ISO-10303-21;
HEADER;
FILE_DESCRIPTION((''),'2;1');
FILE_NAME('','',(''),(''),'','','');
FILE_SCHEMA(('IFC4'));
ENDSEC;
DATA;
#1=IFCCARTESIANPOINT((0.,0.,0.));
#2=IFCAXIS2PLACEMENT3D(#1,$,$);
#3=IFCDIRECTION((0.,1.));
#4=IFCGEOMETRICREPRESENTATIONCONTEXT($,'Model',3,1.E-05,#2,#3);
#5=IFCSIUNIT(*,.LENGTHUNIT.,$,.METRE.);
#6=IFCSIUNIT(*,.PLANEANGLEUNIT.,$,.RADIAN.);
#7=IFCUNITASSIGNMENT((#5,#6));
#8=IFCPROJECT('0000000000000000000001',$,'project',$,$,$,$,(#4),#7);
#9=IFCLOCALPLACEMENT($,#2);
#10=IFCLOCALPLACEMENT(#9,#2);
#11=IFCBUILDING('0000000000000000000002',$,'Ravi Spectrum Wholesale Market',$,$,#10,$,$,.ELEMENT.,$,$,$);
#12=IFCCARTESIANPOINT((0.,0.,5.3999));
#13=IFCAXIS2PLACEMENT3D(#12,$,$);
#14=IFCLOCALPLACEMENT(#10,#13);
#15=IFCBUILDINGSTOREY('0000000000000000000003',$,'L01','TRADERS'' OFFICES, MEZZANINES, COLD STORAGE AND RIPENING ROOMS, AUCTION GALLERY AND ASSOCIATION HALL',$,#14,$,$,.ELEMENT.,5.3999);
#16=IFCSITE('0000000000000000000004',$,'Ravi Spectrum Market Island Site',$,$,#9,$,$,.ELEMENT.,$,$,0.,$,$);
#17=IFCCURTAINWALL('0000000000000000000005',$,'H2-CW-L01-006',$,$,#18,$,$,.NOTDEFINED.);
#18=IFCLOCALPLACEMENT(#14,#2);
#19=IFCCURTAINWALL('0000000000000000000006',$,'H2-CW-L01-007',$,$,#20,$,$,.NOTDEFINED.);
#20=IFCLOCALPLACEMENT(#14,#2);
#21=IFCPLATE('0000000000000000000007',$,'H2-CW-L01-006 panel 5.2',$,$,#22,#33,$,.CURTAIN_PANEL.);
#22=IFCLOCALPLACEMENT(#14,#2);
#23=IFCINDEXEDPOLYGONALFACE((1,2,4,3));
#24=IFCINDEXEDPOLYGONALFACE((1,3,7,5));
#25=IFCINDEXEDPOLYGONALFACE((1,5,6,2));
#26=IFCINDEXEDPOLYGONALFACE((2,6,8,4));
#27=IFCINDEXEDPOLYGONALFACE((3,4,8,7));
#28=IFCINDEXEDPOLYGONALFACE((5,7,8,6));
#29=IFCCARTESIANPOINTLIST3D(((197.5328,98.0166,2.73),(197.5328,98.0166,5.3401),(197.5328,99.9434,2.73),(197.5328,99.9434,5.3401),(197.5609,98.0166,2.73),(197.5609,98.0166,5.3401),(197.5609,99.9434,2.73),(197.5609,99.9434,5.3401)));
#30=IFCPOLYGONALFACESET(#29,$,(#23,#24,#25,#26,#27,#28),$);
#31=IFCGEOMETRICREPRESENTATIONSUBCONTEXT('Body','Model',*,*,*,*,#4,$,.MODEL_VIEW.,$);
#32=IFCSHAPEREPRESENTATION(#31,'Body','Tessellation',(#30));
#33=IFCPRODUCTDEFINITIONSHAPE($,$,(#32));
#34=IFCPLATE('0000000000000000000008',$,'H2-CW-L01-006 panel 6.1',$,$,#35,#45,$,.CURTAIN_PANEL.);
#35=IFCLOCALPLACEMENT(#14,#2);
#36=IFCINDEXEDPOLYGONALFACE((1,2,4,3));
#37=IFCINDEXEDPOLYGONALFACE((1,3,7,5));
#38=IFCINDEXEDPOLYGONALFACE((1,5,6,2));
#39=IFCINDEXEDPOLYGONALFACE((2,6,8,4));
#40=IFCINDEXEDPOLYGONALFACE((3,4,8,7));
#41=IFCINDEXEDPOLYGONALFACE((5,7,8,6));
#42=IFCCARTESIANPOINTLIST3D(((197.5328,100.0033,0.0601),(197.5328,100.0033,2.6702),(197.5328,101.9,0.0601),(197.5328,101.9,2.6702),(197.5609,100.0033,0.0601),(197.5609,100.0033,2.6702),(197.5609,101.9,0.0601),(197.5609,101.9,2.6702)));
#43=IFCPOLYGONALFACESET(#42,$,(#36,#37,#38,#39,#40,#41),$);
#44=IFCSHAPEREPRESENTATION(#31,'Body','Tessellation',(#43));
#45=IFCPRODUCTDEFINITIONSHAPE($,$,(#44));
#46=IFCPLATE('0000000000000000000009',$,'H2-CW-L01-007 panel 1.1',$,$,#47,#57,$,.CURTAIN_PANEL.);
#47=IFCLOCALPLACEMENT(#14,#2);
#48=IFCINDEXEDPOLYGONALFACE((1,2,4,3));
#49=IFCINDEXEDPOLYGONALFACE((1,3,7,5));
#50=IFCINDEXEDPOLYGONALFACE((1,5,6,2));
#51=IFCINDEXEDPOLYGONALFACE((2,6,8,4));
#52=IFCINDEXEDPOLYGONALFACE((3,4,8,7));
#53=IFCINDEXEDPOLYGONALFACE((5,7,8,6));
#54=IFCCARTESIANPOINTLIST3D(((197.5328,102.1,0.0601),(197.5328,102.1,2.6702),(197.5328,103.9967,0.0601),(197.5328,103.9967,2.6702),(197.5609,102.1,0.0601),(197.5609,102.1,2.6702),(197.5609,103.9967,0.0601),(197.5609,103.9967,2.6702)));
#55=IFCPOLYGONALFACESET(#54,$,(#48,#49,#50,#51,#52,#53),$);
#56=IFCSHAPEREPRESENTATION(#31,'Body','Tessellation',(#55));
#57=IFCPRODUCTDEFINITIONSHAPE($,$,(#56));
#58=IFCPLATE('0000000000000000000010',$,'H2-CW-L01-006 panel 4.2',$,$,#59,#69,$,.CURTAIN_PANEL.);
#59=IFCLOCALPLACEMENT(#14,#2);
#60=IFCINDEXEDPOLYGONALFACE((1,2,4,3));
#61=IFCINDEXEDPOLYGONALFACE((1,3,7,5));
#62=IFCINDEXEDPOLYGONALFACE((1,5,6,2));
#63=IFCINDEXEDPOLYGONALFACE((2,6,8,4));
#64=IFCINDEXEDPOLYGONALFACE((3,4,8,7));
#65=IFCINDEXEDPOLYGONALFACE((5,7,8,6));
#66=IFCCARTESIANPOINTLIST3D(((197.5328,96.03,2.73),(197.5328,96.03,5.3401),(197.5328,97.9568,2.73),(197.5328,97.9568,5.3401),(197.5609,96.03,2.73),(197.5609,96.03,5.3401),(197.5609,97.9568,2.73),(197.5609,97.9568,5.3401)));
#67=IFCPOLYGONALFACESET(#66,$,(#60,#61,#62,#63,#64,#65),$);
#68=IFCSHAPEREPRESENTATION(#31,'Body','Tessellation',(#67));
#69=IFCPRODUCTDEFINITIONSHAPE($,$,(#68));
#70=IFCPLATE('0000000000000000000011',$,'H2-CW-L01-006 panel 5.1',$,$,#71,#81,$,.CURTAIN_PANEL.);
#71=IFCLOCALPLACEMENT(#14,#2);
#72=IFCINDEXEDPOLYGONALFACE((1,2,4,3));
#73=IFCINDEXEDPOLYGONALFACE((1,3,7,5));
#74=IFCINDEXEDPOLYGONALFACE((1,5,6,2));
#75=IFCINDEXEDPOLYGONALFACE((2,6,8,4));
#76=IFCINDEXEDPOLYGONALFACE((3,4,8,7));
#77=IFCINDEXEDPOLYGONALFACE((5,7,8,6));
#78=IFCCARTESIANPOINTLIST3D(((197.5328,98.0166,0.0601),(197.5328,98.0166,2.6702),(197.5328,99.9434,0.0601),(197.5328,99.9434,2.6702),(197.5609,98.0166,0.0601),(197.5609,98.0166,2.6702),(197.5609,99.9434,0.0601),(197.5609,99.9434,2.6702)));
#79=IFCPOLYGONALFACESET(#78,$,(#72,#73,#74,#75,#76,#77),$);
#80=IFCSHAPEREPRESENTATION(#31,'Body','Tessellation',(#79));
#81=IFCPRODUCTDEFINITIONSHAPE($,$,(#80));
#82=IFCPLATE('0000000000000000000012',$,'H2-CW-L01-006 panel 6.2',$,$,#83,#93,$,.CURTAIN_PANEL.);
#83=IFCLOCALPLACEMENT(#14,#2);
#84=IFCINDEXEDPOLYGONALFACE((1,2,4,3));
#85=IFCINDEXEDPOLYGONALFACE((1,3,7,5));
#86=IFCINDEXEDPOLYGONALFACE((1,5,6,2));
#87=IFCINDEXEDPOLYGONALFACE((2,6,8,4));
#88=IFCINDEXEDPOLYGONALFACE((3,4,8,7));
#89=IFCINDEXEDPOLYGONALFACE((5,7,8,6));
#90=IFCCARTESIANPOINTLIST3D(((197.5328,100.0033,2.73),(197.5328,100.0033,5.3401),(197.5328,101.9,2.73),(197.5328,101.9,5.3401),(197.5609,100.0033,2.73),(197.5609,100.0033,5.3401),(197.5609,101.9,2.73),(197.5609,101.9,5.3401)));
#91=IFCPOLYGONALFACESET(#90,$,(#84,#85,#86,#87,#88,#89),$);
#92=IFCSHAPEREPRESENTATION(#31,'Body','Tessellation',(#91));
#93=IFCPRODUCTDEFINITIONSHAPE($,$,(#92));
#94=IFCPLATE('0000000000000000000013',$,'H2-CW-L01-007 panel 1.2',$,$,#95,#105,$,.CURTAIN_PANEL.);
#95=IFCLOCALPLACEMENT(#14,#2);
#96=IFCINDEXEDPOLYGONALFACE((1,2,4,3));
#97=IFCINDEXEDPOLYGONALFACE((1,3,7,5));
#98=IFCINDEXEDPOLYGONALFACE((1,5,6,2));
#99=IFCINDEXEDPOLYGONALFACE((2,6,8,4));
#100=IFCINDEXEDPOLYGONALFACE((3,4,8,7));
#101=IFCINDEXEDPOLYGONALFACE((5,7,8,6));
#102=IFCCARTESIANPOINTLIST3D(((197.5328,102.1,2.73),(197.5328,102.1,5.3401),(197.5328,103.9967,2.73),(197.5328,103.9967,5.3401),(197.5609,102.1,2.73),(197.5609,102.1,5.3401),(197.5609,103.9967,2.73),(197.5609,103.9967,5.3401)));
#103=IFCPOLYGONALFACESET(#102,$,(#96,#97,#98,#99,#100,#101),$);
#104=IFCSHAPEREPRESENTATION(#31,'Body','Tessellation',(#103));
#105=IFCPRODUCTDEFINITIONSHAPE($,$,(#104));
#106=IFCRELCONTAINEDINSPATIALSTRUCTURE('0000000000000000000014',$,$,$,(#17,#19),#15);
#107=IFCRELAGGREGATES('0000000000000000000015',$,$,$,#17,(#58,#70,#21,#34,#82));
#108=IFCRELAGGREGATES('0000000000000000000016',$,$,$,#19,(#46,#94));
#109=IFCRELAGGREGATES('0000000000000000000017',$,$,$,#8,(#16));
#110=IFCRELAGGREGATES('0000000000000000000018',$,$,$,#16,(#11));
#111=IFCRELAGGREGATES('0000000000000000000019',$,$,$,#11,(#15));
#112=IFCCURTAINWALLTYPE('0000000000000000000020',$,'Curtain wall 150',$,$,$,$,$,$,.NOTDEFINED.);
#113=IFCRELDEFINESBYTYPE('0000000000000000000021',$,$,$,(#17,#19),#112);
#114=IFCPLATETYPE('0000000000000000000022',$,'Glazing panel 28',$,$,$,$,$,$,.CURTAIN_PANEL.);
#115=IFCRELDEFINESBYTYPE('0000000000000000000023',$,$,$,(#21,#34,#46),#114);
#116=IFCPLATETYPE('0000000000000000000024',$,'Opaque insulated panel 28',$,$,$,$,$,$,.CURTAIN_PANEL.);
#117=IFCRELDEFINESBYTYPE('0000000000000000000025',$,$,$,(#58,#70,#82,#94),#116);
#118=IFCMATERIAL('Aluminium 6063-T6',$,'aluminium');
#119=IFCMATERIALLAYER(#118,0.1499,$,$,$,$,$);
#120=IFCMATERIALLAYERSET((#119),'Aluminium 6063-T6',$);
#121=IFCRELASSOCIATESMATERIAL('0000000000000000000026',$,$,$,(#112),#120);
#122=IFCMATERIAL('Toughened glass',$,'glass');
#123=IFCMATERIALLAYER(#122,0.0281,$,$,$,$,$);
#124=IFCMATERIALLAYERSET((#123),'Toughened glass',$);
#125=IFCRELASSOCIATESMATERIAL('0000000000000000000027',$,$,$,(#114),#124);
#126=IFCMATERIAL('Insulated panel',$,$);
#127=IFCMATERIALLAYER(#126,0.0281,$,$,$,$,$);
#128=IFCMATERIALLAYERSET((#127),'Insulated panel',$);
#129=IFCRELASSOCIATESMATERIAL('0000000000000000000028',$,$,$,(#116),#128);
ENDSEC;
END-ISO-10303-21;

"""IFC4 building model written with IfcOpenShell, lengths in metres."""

from ifc_helpers import new_model, si_unit, direction, frame, origin, origin_2d, place, context, subcontext, project, spatial, rectangle, extrude, material, layer, layer_set, type_object, element, aggregate, save


model = new_model("IFC4")

# Units and contexts
model_context = context("Model", 3, precision=1e-05, world=origin(), true_north=direction((0.0, 1.0)))
body_context = subcontext(model_context, "Body", "Model", "MODEL_VIEW")
ifc_project = project(units=[si_unit("LENGTHUNIT", "METRE"), si_unit("PLANEANGLEUNIT", "RADIAN")], contexts=[model_context])

# Site, building, storey
site_placement = place(None, origin())
site = spatial("IfcSite", under=ifc_project, at=site_placement, Name="Ravi Spectrum Market Island Site", CompositionType="ELEMENT", RefElevation=0.0)
building_placement = place(site_placement, origin())
building = spatial("IfcBuilding", under=site, at=building_placement, Name="Ravi Spectrum Wholesale Market", CompositionType="ELEMENT")
storey_placement = place(building_placement, frame((0.0, 0.0, 5.3999)))
storey = spatial("IfcBuildingStorey", under=building, at=storey_placement, Name="L01", Description="TRADERS' OFFICES, MEZZANINES, COLD STORAGE AND RIPENING ROOMS, AUCTION GALLERY AND ASSOCIATION HALL", CompositionType="ELEMENT", Elevation=5.3999)

# Curtain walls
ifc_material_1 = material(Name="Aluminium 6063-T6", Category="aluminium")
ifc_layer_1 = layer(ifc_material_1, 0.1499)
ifc_layer_set_1 = layer_set([ifc_layer_1], Name="Aluminium 6063-T6")
curtain_wall_type = type_object("IfcCurtainWallType", Name="Curtain wall 150", PredefinedType="NOTDEFINED", material=ifc_layer_set_1)
curtain_wall_1_placement = place(storey_placement, origin())
curtain_wall_1 = element("IfcCurtainWall", 1, at=curtain_wall_1_placement, inside=storey, type_object=curtain_wall_type, Name="H2-CW-L01-006", PredefinedType="NOTDEFINED")
curtain_wall_2_placement = place(storey_placement, origin())
curtain_wall_2 = element("IfcCurtainWall", 2, at=curtain_wall_2_placement, inside=storey, type_object=curtain_wall_type, Name="H2-CW-L01-007", PredefinedType="NOTDEFINED")

# Plates
ifc_material_2 = material(Name="Toughened glass", Category="glass")
ifc_layer_2 = layer(ifc_material_2, 0.0281)
ifc_layer_set_2 = layer_set([ifc_layer_2], Name="Toughened glass")
plate_type_1 = type_object("IfcPlateType", Name="Glazing panel 28", PredefinedType="CURTAIN_PANEL", material=ifc_layer_set_2)
plate_1_placement = place(storey_placement, frame((197.5469, 98.98, 2.73), z_axis=(0.0, 0.0, 1.0), x_axis=(0.0, 1.0, 0.0)))
plate_1 = element("IfcPlate", 3, at=plate_1_placement, type_object=plate_type_1, Name="H2-CW-L01-006 panel 5.2", PredefinedType="CURTAIN_PANEL", context=body_context, shape_type="SweptSolid", body=[
    extrude(rectangle(XDim=1.9268, YDim=0.0281, at=origin_2d()), origin(), (0.0, 0.0, 1.0), 2.6101),
])
plate_2_placement = place(storey_placement, frame((197.5469, 100.9517, 0.0601), z_axis=(0.0, 0.0, 1.0), x_axis=(0.0, 1.0, 0.0)))
plate_2 = element("IfcPlate", 4, at=plate_2_placement, type_object=plate_type_1, Name="H2-CW-L01-006 panel 6.1", PredefinedType="CURTAIN_PANEL", context=body_context, shape_type="SweptSolid", body=[
    extrude(rectangle(XDim=1.8967, YDim=0.0281, at=origin_2d()), origin(), (0.0, 0.0, 1.0), 2.6101),
])
plate_3_placement = place(storey_placement, frame((197.5469, 103.0483, 0.0601), z_axis=(0.0, 0.0, 1.0), x_axis=(0.0, 1.0, 0.0)))
plate_3 = element("IfcPlate", 5, at=plate_3_placement, type_object=plate_type_1, Name="H2-CW-L01-007 panel 1.1", PredefinedType="CURTAIN_PANEL", context=body_context, shape_type="SweptSolid", body=[
    extrude(rectangle(XDim=1.8967, YDim=0.0281, at=origin_2d()), origin(), (0.0, 0.0, 1.0), 2.6101),
])
ifc_material_3 = material(Name="Insulated panel")
ifc_layer_3 = layer(ifc_material_3, 0.0281)
ifc_layer_set_3 = layer_set([ifc_layer_3], Name="Insulated panel")
plate_type_2 = type_object("IfcPlateType", Name="Opaque insulated panel 28", PredefinedType="CURTAIN_PANEL", material=ifc_layer_set_3)
plate_4_placement = place(storey_placement, frame((197.5469, 96.9934, 2.73), z_axis=(0.0, 0.0, 1.0), x_axis=(0.0, 1.0, 0.0)))
plate_4 = element("IfcPlate", 6, at=plate_4_placement, type_object=plate_type_2, Name="H2-CW-L01-006 panel 4.2", PredefinedType="CURTAIN_PANEL", context=body_context, shape_type="SweptSolid", body=[
    extrude(rectangle(XDim=1.9268, YDim=0.0281, at=origin_2d()), origin(), (0.0, 0.0, 1.0), 2.6101),
])
plate_5_placement = place(storey_placement, frame((197.5469, 98.98, 0.0601), z_axis=(0.0, 0.0, 1.0), x_axis=(0.0, 1.0, 0.0)))
plate_5 = element("IfcPlate", 7, at=plate_5_placement, type_object=plate_type_2, Name="H2-CW-L01-006 panel 5.1", PredefinedType="CURTAIN_PANEL", context=body_context, shape_type="SweptSolid", body=[
    extrude(rectangle(XDim=1.9268, YDim=0.0281, at=origin_2d()), origin(), (0.0, 0.0, 1.0), 2.6101),
])
plate_6_placement = place(storey_placement, frame((197.5469, 100.9517, 2.73), z_axis=(0.0, 0.0, 1.0), x_axis=(0.0, 1.0, 0.0)))
plate_6 = element("IfcPlate", 8, at=plate_6_placement, type_object=plate_type_2, Name="H2-CW-L01-006 panel 6.2", PredefinedType="CURTAIN_PANEL", context=body_context, shape_type="SweptSolid", body=[
    extrude(rectangle(XDim=1.8967, YDim=0.0281, at=origin_2d()), origin(), (0.0, 0.0, 1.0), 2.6101),
])
aggregate(curtain_wall_1, [plate_4, plate_5, plate_1, plate_2, plate_6])
plate_7_placement = place(storey_placement, frame((197.5469, 103.0483, 2.73), z_axis=(0.0, 0.0, 1.0), x_axis=(0.0, 1.0, 0.0)))
plate_7 = element("IfcPlate", 9, at=plate_7_placement, type_object=plate_type_2, Name="H2-CW-L01-007 panel 1.2", PredefinedType="CURTAIN_PANEL", context=body_context, shape_type="SweptSolid", body=[
    extrude(rectangle(XDim=1.8967, YDim=0.0281, at=origin_2d()), origin(), (0.0, 0.0, 1.0), 2.6101),
])
aggregate(curtain_wall_2, [plate_3, plate_7])

save(model, "model.ifc")
